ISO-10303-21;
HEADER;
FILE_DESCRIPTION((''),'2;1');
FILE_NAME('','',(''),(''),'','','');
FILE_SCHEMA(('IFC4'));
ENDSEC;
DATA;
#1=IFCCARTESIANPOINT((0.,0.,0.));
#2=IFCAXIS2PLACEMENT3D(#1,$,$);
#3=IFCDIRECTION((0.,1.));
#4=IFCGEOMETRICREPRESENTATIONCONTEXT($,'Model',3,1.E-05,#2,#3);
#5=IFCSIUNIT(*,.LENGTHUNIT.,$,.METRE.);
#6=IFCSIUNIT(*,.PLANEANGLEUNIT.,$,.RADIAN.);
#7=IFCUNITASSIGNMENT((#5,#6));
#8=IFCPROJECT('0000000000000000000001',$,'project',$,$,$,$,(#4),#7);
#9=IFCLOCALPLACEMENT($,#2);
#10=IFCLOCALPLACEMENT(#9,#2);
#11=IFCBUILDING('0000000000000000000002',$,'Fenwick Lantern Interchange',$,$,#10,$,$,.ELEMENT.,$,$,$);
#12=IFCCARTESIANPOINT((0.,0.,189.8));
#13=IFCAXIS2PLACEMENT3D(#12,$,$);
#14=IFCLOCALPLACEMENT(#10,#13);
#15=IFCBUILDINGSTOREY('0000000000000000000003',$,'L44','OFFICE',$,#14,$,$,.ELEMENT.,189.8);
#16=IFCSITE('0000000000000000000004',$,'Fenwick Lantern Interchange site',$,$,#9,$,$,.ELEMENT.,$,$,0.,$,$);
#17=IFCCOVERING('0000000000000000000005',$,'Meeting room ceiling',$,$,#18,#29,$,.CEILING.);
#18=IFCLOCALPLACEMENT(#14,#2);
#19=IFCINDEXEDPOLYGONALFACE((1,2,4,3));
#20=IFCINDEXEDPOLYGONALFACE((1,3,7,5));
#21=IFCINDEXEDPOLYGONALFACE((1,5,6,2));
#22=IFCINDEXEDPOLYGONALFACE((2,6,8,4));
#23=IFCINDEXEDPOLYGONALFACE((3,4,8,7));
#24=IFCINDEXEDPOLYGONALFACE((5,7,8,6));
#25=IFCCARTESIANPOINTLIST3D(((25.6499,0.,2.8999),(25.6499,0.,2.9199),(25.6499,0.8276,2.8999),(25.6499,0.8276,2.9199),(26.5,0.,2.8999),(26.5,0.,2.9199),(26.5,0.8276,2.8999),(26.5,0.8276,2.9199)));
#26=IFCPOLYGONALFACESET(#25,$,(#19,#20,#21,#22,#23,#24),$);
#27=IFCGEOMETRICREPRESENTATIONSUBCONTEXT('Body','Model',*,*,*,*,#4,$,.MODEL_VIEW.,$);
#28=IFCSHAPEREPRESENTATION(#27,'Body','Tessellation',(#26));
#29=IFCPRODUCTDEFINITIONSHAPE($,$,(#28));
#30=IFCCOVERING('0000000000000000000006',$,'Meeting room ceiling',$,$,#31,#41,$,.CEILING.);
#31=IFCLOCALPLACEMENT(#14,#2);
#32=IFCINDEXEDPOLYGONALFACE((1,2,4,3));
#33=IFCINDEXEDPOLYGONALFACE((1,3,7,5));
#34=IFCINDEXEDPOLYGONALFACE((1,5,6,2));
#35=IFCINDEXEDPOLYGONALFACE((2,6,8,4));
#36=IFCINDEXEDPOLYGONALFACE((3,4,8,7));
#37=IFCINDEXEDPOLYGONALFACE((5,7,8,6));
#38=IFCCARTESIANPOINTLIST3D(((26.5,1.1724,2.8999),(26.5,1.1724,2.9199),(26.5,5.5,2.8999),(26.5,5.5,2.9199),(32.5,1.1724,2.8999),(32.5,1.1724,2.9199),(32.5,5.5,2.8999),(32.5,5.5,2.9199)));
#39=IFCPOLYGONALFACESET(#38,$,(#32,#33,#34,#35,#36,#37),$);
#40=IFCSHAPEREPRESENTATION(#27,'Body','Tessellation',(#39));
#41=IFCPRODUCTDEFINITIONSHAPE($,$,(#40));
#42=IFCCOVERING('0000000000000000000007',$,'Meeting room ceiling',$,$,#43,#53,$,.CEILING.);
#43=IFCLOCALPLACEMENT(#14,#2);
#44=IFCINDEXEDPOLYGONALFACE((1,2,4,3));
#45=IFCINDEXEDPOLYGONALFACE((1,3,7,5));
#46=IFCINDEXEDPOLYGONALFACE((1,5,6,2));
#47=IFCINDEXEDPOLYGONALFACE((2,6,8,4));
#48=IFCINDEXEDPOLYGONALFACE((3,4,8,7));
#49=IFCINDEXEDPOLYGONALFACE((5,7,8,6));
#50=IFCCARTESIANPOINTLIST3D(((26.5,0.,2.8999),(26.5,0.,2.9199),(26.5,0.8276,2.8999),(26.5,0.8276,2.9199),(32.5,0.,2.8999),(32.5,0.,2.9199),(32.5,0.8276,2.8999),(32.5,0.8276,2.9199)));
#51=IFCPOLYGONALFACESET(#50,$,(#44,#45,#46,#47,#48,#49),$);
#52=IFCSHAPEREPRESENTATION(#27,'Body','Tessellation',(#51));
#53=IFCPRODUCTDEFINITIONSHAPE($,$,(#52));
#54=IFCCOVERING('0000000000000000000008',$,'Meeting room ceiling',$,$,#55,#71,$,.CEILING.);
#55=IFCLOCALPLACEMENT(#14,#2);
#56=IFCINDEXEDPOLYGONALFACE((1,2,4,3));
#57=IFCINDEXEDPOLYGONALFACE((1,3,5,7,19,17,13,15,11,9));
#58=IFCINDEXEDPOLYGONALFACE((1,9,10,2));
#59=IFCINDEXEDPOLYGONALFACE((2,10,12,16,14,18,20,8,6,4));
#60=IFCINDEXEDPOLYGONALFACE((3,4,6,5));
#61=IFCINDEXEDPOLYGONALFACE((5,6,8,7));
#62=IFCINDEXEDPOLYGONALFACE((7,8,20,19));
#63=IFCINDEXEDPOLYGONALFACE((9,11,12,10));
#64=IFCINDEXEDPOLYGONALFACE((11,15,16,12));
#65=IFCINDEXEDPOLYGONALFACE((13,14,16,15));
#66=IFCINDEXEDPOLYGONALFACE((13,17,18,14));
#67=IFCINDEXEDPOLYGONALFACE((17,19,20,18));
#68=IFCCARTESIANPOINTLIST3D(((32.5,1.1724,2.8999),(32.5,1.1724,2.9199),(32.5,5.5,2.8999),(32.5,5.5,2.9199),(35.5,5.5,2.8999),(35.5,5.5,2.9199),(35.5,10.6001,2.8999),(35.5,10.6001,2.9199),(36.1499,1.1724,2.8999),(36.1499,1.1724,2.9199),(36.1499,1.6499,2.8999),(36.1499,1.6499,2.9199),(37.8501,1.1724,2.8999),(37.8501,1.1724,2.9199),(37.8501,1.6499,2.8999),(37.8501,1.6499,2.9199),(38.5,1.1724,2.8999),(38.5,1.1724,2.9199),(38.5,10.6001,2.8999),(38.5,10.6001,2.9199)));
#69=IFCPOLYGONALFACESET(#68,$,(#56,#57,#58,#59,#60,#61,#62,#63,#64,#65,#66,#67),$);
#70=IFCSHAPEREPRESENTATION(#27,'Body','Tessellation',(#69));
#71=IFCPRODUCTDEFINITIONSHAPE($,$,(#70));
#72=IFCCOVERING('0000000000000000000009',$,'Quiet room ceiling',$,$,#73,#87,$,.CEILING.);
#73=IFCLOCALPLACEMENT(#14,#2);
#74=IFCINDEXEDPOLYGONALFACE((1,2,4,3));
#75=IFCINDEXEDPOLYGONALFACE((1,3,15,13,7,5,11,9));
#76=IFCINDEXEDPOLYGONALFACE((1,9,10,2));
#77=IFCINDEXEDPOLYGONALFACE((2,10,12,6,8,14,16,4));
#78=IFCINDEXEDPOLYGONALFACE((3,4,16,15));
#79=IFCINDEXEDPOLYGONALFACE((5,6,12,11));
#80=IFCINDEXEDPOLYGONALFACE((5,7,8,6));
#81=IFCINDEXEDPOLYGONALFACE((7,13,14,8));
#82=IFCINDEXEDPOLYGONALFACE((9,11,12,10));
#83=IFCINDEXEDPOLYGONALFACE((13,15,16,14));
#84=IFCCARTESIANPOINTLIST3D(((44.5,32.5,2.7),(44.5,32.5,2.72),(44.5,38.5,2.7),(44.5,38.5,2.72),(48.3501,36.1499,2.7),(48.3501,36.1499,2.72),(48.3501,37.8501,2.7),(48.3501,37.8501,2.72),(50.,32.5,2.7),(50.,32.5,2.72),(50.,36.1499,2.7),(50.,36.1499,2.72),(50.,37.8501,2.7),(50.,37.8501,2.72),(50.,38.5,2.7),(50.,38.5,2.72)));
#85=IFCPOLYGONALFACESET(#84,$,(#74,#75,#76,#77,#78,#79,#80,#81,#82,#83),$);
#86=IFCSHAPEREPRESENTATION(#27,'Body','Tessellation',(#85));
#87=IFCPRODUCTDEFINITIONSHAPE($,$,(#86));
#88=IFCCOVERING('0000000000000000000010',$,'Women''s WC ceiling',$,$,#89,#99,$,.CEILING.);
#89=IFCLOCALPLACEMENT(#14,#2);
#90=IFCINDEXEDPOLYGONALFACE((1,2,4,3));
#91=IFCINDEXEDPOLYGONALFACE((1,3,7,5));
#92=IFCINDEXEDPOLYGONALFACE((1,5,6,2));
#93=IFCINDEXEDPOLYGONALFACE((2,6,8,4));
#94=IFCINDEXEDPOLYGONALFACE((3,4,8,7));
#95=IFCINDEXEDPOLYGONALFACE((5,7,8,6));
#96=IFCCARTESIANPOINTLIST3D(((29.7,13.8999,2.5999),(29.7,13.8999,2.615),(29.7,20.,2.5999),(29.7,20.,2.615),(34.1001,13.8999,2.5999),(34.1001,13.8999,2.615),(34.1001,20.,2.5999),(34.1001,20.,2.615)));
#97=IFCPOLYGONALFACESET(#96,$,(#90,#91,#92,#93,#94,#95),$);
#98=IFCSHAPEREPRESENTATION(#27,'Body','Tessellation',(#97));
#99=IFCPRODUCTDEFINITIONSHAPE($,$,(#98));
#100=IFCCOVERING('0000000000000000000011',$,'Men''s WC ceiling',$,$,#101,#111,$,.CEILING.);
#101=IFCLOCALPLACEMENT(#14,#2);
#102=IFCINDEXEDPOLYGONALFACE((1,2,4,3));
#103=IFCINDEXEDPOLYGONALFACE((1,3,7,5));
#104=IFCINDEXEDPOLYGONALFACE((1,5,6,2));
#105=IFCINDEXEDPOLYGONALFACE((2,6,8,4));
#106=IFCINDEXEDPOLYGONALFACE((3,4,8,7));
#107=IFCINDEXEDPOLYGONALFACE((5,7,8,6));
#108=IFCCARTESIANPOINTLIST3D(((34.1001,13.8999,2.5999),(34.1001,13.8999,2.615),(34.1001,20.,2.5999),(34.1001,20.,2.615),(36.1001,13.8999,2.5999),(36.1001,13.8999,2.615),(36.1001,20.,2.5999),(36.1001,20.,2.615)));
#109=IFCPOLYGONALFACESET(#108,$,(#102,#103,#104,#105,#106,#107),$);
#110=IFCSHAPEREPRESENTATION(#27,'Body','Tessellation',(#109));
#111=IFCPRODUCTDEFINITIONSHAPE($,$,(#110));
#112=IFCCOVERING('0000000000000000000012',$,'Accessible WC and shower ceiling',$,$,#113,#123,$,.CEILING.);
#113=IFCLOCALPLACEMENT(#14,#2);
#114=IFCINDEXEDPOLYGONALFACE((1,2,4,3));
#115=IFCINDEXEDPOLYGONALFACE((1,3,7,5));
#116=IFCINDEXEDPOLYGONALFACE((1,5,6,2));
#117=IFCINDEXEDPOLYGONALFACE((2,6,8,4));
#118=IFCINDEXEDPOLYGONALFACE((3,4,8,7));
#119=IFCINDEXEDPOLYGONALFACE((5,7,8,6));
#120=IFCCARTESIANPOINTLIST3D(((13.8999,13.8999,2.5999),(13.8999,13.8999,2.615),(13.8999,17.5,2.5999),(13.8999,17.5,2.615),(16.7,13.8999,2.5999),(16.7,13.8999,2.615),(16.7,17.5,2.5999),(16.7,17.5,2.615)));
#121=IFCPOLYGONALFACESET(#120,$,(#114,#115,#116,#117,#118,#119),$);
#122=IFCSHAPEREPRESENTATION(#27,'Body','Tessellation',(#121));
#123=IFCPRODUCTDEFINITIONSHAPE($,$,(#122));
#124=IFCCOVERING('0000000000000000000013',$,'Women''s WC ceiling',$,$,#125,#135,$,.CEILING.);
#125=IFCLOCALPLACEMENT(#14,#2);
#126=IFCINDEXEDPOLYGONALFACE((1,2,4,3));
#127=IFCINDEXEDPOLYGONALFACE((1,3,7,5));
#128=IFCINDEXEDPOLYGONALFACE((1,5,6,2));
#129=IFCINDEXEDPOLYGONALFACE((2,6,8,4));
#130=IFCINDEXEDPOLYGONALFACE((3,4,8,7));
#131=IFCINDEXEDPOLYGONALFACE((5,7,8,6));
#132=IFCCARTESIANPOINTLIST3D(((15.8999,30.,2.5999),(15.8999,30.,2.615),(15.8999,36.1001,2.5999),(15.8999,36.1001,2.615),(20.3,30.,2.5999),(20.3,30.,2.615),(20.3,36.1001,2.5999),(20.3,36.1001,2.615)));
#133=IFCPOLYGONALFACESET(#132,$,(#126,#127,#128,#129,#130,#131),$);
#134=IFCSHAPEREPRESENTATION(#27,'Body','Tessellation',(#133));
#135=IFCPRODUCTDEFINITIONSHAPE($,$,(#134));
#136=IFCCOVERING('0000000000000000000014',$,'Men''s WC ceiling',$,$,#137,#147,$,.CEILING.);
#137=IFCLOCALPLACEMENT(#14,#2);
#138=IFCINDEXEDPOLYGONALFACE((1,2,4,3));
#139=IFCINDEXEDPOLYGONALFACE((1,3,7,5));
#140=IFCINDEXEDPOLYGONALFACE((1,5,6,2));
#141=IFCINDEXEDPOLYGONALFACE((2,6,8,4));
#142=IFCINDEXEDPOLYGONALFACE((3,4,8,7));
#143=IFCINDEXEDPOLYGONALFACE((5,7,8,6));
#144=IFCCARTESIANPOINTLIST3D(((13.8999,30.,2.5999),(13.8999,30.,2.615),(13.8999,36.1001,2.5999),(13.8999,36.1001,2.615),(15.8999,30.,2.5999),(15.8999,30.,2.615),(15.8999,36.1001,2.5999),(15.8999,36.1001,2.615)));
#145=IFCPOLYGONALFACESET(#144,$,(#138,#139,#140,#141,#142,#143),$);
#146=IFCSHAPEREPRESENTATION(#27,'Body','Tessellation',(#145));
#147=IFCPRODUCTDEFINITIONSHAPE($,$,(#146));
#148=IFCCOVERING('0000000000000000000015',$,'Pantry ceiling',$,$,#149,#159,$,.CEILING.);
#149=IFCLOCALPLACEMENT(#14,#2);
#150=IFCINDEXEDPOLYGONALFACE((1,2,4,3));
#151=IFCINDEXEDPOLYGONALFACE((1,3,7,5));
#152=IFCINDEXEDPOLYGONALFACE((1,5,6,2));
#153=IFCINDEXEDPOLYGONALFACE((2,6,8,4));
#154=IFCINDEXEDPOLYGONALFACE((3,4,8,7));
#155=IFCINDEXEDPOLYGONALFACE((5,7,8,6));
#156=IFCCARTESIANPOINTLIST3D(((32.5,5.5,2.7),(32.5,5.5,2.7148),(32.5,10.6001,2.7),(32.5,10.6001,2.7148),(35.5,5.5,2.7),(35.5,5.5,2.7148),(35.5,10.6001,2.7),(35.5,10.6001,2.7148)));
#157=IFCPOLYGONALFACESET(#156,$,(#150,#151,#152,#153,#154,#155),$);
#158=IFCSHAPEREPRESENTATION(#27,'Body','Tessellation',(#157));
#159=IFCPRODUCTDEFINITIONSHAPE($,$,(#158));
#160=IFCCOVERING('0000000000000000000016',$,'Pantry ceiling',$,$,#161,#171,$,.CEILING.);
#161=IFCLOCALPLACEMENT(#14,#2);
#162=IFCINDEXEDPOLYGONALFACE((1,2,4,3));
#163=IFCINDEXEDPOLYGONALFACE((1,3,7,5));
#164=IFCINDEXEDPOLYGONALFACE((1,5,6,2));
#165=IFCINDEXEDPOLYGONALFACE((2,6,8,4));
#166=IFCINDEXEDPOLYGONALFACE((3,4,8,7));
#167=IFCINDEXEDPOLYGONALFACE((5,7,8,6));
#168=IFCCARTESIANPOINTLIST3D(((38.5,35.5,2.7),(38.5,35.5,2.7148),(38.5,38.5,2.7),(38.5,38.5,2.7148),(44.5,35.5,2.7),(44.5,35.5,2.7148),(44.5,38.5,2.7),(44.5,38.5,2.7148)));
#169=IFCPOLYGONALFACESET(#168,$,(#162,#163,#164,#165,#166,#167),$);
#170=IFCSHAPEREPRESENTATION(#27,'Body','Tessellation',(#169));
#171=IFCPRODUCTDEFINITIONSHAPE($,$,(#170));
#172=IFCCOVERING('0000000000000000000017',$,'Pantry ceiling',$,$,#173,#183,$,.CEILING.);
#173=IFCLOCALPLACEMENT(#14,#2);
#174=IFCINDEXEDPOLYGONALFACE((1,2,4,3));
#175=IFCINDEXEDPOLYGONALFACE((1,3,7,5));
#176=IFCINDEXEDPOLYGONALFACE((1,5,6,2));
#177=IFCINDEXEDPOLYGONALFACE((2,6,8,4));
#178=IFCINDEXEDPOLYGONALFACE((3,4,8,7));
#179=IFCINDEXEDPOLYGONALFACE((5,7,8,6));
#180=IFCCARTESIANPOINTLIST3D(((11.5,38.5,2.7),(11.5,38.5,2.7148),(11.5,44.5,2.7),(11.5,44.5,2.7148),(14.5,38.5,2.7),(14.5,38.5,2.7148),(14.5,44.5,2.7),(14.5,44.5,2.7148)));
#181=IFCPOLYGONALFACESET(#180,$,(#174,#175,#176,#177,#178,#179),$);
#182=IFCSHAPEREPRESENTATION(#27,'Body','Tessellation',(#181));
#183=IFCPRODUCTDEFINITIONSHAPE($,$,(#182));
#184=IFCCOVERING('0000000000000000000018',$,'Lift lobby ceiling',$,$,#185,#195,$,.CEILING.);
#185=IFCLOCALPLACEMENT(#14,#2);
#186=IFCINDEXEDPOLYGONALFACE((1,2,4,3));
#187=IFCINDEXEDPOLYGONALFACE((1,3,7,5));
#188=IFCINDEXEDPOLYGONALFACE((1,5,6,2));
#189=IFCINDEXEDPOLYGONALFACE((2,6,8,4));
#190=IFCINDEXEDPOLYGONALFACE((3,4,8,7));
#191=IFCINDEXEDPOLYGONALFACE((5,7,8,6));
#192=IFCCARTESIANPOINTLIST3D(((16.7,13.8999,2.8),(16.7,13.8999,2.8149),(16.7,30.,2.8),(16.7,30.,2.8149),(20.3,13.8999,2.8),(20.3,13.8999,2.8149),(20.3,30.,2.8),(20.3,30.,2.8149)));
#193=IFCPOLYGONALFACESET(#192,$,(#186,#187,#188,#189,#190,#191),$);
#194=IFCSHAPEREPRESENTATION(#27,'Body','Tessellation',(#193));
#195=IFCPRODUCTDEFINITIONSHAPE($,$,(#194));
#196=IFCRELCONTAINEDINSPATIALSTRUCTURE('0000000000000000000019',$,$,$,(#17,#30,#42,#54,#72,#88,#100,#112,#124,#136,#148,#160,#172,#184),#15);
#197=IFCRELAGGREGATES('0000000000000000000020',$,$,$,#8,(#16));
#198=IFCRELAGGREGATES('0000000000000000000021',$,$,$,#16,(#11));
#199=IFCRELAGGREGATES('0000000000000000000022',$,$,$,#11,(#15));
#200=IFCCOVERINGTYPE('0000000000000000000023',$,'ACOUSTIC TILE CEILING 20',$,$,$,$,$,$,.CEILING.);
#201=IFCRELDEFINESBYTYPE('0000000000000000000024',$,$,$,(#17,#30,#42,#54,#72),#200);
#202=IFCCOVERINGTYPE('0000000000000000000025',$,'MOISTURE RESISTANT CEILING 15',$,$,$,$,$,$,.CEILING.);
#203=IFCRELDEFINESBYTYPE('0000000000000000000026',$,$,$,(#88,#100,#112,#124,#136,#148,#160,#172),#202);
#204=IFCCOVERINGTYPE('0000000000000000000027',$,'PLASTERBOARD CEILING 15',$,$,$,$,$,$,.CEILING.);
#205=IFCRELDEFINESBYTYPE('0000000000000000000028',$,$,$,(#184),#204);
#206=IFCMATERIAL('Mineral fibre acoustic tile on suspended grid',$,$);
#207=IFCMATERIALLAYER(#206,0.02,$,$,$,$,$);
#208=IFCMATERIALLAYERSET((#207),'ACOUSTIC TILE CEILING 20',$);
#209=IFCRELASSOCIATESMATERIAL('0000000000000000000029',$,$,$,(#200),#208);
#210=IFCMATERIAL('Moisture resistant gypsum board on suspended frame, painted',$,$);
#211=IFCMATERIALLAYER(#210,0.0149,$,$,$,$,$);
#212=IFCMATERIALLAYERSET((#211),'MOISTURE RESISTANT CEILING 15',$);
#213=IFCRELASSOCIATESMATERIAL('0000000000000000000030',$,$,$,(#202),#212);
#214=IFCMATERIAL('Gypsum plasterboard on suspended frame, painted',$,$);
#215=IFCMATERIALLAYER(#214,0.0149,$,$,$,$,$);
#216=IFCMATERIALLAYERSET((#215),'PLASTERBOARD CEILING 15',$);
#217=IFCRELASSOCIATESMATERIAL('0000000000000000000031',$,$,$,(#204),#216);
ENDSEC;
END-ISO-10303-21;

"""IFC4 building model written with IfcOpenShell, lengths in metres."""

from ifc_helpers import new_model, si_unit, direction, frame, origin, place, context, subcontext, project, spatial, polyline, outline, extrude, material, layer, layer_set, type_object, element, save


model = new_model("IFC4")

# Units and contexts
model_context = context("Model", 3, precision=1e-05, world=origin(), true_north=direction((0.0, 1.0)))
body_context = subcontext(model_context, "Body", "Model", "MODEL_VIEW")
ifc_project = project(units=[si_unit("LENGTHUNIT", "METRE"), si_unit("PLANEANGLEUNIT", "RADIAN")], contexts=[model_context])

# Site, building, storey
site_placement = place(None, origin())
site = spatial("IfcSite", under=ifc_project, at=site_placement, Name="Fenwick Lantern Interchange site", CompositionType="ELEMENT", RefElevation=0.0)
building_placement = place(site_placement, origin())
building = spatial("IfcBuilding", under=site, at=building_placement, Name="Fenwick Lantern Interchange", CompositionType="ELEMENT")
storey_placement = place(building_placement, frame((0.0, 0.0, 189.8)))
storey = spatial("IfcBuildingStorey", under=building, at=storey_placement, Name="L44", Description="OFFICE", CompositionType="ELEMENT", Elevation=189.8)

# Coverings
ifc_material_1 = material(Name="Mineral fibre acoustic tile on suspended grid")
ifc_layer_1 = layer(ifc_material_1, 0.02)
ifc_layer_set_1 = layer_set([ifc_layer_1], Name="ACOUSTIC TILE CEILING 20")
covering_type_1 = type_object("IfcCoveringType", Name="ACOUSTIC TILE CEILING 20", PredefinedType="CEILING", material=ifc_layer_set_1)
covering_1_placement = place(storey_placement, frame((0.0, 0.0, 2.8999)))
element("IfcCovering", 1, at=covering_1_placement, inside=storey, type_object=covering_type_1, Name="Meeting room ceiling", PredefinedType="CEILING", context=body_context, shape_type="SweptSolid", body=[
    extrude(outline(polyline([(26.5, 0.0), (26.5, 0.8276), (25.6499, 0.8276), (25.6499, 0.0), (26.5, 0.0)])), origin(), (0.0, 0.0, 1.0), 0.02),
])
covering_2_placement = place(storey_placement, frame((0.0, 0.0, 2.8999)))
element("IfcCovering", 2, at=covering_2_placement, inside=storey, type_object=covering_type_1, Name="Meeting room ceiling", PredefinedType="CEILING", context=body_context, shape_type="SweptSolid", body=[
    extrude(outline(polyline([(26.5, 5.5), (26.5, 1.1724), (32.5, 1.1724), (32.5, 5.5), (26.5, 5.5)])), origin(), (0.0, 0.0, 1.0), 0.02),
])
covering_3_placement = place(storey_placement, frame((0.0, 0.0, 2.8999)))
element("IfcCovering", 3, at=covering_3_placement, inside=storey, type_object=covering_type_1, Name="Meeting room ceiling", PredefinedType="CEILING", context=body_context, shape_type="SweptSolid", body=[
    extrude(outline(polyline([(32.5, 0.0), (32.5, 0.8276), (26.5, 0.8276), (26.5, 0.0), (32.5, 0.0)])), origin(), (0.0, 0.0, 1.0), 0.02),
])
covering_4_placement = place(storey_placement, frame((0.0, 0.0, 2.8999)))
element("IfcCovering", 4, at=covering_4_placement, inside=storey, type_object=covering_type_1, Name="Meeting room ceiling", PredefinedType="CEILING", context=body_context, shape_type="SweptSolid", body=[
    extrude(outline(polyline([(37.8501, 1.6499), (37.8501, 1.1724), (38.5, 1.1724), (38.5, 10.6001), (35.5, 10.6001), (35.5, 5.5), (32.5, 5.5), (32.5, 1.1724), (36.1499, 1.1724), (36.1499, 1.6499), (37.8501, 1.6499)])), origin(), (0.0, 0.0, 1.0), 0.02),
])
covering_5_placement = place(storey_placement, frame((0.0, 0.0, 2.7)))
element("IfcCovering", 5, at=covering_5_placement, inside=storey, type_object=covering_type_1, Name="Quiet room ceiling", PredefinedType="CEILING", context=body_context, shape_type="SweptSolid", body=[
    extrude(outline(polyline([(50.0, 32.5), (50.0, 36.1499), (48.3501, 36.1499), (48.3501, 37.8501), (50.0, 37.8501), (50.0, 38.5), (44.5, 38.5), (44.5, 32.5), (50.0, 32.5)])), origin(), (0.0, 0.0, 1.0), 0.02),
])
ifc_material_2 = material(Name="Moisture resistant gypsum board on suspended frame, painted")
ifc_layer_2 = layer(ifc_material_2, 0.0149)
ifc_layer_set_2 = layer_set([ifc_layer_2], Name="MOISTURE RESISTANT CEILING 15")
covering_type_2 = type_object("IfcCoveringType", Name="MOISTURE RESISTANT CEILING 15", PredefinedType="CEILING", material=ifc_layer_set_2)
covering_6_placement = place(storey_placement, frame((0.0, 0.0, 2.5999)))
element("IfcCovering", 6, at=covering_6_placement, inside=storey, type_object=covering_type_2, Name="Women's WC ceiling", PredefinedType="CEILING", context=body_context, shape_type="SweptSolid", body=[
    extrude(outline(polyline([(29.7, 13.8999), (34.1001, 13.8999), (34.1001, 20.0), (29.7, 20.0), (29.7, 13.8999)])), origin(), (0.0, 0.0, 1.0), 0.0151),
])
covering_7_placement = place(storey_placement, frame((0.0, 0.0, 2.5999)))
element("IfcCovering", 7, at=covering_7_placement, inside=storey, type_object=covering_type_2, Name="Men's WC ceiling", PredefinedType="CEILING", context=body_context, shape_type="SweptSolid", body=[
    extrude(outline(polyline([(34.1001, 13.8999), (36.1001, 13.8999), (36.1001, 20.0), (34.1001, 20.0), (34.1001, 13.8999)])), origin(), (0.0, 0.0, 1.0), 0.0151),
])
covering_8_placement = place(storey_placement, frame((0.0, 0.0, 2.5999)))
element("IfcCovering", 8, at=covering_8_placement, inside=storey, type_object=covering_type_2, Name="Accessible WC and shower ceiling", PredefinedType="CEILING", context=body_context, shape_type="SweptSolid", body=[
    extrude(outline(polyline([(13.8999, 13.8999), (16.7, 13.8999), (16.7, 17.5), (13.8999, 17.5), (13.8999, 13.8999)])), origin(), (0.0, 0.0, 1.0), 0.0151),
])
covering_9_placement = place(storey_placement, frame((0.0, 0.0, 2.5999)))
element("IfcCovering", 9, at=covering_9_placement, inside=storey, type_object=covering_type_2, Name="Women's WC ceiling", PredefinedType="CEILING", context=body_context, shape_type="SweptSolid", body=[
    extrude(outline(polyline([(20.3, 36.1001), (15.8999, 36.1001), (15.8999, 30.0), (20.3, 30.0), (20.3, 36.1001)])), origin(), (0.0, 0.0, 1.0), 0.0151),
])
covering_10_placement = place(storey_placement, frame((0.0, 0.0, 2.5999)))
element("IfcCovering", 10, at=covering_10_placement, inside=storey, type_object=covering_type_2, Name="Men's WC ceiling", PredefinedType="CEILING", context=body_context, shape_type="SweptSolid", body=[
    extrude(outline(polyline([(15.8999, 36.1001), (13.8999, 36.1001), (13.8999, 30.0), (15.8999, 30.0), (15.8999, 36.1001)])), origin(), (0.0, 0.0, 1.0), 0.0151),
])
covering_11_placement = place(storey_placement, frame((0.0, 0.0, 2.7)))
element("IfcCovering", 11, at=covering_11_placement, inside=storey, type_object=covering_type_2, Name="Pantry ceiling", PredefinedType="CEILING", context=body_context, shape_type="SweptSolid", body=[
    extrude(outline(polyline([(32.5, 5.5), (35.5, 5.5), (35.5, 10.6001), (32.5, 10.6001), (32.5, 5.5)])), origin(), (0.0, 0.0, 1.0), 0.0149),
])
covering_12_placement = place(storey_placement, frame((0.0, 0.0, 2.7)))
element("IfcCovering", 12, at=covering_12_placement, inside=storey, type_object=covering_type_2, Name="Pantry ceiling", PredefinedType="CEILING", context=body_context, shape_type="SweptSolid", body=[
    extrude(outline(polyline([(44.5, 35.5), (44.5, 38.5), (38.5, 38.5), (38.5, 35.5), (44.5, 35.5)])), origin(), (0.0, 0.0, 1.0), 0.0149),
])
covering_13_placement = place(storey_placement, frame((0.0, 0.0, 2.7)))
element("IfcCovering", 13, at=covering_13_placement, inside=storey, type_object=covering_type_2, Name="Pantry ceiling", PredefinedType="CEILING", context=body_context, shape_type="SweptSolid", body=[
    extrude(outline(polyline([(14.5, 44.5), (11.5, 44.5), (11.5, 38.5), (14.5, 38.5), (14.5, 44.5)])), origin(), (0.0, 0.0, 1.0), 0.0149),
])
ifc_material_3 = material(Name="Gypsum plasterboard on suspended frame, painted")
ifc_layer_3 = layer(ifc_material_3, 0.0149)
ifc_layer_set_3 = layer_set([ifc_layer_3], Name="PLASTERBOARD CEILING 15")
covering_type_3 = type_object("IfcCoveringType", Name="PLASTERBOARD CEILING 15", PredefinedType="CEILING", material=ifc_layer_set_3)
covering_14_placement = place(storey_placement, frame((0.0, 0.0, 2.8)))
element("IfcCovering", 14, at=covering_14_placement, inside=storey, type_object=covering_type_3, Name="Lift lobby ceiling", PredefinedType="CEILING", context=body_context, shape_type="SweptSolid", body=[
    extrude(outline(polyline([(16.7, 13.8999), (20.3, 13.8999), (20.3, 30.0), (16.7, 30.0), (16.7, 13.8999)])), origin(), (0.0, 0.0, 1.0), 0.0149),
])

save(model, "model.ifc")
